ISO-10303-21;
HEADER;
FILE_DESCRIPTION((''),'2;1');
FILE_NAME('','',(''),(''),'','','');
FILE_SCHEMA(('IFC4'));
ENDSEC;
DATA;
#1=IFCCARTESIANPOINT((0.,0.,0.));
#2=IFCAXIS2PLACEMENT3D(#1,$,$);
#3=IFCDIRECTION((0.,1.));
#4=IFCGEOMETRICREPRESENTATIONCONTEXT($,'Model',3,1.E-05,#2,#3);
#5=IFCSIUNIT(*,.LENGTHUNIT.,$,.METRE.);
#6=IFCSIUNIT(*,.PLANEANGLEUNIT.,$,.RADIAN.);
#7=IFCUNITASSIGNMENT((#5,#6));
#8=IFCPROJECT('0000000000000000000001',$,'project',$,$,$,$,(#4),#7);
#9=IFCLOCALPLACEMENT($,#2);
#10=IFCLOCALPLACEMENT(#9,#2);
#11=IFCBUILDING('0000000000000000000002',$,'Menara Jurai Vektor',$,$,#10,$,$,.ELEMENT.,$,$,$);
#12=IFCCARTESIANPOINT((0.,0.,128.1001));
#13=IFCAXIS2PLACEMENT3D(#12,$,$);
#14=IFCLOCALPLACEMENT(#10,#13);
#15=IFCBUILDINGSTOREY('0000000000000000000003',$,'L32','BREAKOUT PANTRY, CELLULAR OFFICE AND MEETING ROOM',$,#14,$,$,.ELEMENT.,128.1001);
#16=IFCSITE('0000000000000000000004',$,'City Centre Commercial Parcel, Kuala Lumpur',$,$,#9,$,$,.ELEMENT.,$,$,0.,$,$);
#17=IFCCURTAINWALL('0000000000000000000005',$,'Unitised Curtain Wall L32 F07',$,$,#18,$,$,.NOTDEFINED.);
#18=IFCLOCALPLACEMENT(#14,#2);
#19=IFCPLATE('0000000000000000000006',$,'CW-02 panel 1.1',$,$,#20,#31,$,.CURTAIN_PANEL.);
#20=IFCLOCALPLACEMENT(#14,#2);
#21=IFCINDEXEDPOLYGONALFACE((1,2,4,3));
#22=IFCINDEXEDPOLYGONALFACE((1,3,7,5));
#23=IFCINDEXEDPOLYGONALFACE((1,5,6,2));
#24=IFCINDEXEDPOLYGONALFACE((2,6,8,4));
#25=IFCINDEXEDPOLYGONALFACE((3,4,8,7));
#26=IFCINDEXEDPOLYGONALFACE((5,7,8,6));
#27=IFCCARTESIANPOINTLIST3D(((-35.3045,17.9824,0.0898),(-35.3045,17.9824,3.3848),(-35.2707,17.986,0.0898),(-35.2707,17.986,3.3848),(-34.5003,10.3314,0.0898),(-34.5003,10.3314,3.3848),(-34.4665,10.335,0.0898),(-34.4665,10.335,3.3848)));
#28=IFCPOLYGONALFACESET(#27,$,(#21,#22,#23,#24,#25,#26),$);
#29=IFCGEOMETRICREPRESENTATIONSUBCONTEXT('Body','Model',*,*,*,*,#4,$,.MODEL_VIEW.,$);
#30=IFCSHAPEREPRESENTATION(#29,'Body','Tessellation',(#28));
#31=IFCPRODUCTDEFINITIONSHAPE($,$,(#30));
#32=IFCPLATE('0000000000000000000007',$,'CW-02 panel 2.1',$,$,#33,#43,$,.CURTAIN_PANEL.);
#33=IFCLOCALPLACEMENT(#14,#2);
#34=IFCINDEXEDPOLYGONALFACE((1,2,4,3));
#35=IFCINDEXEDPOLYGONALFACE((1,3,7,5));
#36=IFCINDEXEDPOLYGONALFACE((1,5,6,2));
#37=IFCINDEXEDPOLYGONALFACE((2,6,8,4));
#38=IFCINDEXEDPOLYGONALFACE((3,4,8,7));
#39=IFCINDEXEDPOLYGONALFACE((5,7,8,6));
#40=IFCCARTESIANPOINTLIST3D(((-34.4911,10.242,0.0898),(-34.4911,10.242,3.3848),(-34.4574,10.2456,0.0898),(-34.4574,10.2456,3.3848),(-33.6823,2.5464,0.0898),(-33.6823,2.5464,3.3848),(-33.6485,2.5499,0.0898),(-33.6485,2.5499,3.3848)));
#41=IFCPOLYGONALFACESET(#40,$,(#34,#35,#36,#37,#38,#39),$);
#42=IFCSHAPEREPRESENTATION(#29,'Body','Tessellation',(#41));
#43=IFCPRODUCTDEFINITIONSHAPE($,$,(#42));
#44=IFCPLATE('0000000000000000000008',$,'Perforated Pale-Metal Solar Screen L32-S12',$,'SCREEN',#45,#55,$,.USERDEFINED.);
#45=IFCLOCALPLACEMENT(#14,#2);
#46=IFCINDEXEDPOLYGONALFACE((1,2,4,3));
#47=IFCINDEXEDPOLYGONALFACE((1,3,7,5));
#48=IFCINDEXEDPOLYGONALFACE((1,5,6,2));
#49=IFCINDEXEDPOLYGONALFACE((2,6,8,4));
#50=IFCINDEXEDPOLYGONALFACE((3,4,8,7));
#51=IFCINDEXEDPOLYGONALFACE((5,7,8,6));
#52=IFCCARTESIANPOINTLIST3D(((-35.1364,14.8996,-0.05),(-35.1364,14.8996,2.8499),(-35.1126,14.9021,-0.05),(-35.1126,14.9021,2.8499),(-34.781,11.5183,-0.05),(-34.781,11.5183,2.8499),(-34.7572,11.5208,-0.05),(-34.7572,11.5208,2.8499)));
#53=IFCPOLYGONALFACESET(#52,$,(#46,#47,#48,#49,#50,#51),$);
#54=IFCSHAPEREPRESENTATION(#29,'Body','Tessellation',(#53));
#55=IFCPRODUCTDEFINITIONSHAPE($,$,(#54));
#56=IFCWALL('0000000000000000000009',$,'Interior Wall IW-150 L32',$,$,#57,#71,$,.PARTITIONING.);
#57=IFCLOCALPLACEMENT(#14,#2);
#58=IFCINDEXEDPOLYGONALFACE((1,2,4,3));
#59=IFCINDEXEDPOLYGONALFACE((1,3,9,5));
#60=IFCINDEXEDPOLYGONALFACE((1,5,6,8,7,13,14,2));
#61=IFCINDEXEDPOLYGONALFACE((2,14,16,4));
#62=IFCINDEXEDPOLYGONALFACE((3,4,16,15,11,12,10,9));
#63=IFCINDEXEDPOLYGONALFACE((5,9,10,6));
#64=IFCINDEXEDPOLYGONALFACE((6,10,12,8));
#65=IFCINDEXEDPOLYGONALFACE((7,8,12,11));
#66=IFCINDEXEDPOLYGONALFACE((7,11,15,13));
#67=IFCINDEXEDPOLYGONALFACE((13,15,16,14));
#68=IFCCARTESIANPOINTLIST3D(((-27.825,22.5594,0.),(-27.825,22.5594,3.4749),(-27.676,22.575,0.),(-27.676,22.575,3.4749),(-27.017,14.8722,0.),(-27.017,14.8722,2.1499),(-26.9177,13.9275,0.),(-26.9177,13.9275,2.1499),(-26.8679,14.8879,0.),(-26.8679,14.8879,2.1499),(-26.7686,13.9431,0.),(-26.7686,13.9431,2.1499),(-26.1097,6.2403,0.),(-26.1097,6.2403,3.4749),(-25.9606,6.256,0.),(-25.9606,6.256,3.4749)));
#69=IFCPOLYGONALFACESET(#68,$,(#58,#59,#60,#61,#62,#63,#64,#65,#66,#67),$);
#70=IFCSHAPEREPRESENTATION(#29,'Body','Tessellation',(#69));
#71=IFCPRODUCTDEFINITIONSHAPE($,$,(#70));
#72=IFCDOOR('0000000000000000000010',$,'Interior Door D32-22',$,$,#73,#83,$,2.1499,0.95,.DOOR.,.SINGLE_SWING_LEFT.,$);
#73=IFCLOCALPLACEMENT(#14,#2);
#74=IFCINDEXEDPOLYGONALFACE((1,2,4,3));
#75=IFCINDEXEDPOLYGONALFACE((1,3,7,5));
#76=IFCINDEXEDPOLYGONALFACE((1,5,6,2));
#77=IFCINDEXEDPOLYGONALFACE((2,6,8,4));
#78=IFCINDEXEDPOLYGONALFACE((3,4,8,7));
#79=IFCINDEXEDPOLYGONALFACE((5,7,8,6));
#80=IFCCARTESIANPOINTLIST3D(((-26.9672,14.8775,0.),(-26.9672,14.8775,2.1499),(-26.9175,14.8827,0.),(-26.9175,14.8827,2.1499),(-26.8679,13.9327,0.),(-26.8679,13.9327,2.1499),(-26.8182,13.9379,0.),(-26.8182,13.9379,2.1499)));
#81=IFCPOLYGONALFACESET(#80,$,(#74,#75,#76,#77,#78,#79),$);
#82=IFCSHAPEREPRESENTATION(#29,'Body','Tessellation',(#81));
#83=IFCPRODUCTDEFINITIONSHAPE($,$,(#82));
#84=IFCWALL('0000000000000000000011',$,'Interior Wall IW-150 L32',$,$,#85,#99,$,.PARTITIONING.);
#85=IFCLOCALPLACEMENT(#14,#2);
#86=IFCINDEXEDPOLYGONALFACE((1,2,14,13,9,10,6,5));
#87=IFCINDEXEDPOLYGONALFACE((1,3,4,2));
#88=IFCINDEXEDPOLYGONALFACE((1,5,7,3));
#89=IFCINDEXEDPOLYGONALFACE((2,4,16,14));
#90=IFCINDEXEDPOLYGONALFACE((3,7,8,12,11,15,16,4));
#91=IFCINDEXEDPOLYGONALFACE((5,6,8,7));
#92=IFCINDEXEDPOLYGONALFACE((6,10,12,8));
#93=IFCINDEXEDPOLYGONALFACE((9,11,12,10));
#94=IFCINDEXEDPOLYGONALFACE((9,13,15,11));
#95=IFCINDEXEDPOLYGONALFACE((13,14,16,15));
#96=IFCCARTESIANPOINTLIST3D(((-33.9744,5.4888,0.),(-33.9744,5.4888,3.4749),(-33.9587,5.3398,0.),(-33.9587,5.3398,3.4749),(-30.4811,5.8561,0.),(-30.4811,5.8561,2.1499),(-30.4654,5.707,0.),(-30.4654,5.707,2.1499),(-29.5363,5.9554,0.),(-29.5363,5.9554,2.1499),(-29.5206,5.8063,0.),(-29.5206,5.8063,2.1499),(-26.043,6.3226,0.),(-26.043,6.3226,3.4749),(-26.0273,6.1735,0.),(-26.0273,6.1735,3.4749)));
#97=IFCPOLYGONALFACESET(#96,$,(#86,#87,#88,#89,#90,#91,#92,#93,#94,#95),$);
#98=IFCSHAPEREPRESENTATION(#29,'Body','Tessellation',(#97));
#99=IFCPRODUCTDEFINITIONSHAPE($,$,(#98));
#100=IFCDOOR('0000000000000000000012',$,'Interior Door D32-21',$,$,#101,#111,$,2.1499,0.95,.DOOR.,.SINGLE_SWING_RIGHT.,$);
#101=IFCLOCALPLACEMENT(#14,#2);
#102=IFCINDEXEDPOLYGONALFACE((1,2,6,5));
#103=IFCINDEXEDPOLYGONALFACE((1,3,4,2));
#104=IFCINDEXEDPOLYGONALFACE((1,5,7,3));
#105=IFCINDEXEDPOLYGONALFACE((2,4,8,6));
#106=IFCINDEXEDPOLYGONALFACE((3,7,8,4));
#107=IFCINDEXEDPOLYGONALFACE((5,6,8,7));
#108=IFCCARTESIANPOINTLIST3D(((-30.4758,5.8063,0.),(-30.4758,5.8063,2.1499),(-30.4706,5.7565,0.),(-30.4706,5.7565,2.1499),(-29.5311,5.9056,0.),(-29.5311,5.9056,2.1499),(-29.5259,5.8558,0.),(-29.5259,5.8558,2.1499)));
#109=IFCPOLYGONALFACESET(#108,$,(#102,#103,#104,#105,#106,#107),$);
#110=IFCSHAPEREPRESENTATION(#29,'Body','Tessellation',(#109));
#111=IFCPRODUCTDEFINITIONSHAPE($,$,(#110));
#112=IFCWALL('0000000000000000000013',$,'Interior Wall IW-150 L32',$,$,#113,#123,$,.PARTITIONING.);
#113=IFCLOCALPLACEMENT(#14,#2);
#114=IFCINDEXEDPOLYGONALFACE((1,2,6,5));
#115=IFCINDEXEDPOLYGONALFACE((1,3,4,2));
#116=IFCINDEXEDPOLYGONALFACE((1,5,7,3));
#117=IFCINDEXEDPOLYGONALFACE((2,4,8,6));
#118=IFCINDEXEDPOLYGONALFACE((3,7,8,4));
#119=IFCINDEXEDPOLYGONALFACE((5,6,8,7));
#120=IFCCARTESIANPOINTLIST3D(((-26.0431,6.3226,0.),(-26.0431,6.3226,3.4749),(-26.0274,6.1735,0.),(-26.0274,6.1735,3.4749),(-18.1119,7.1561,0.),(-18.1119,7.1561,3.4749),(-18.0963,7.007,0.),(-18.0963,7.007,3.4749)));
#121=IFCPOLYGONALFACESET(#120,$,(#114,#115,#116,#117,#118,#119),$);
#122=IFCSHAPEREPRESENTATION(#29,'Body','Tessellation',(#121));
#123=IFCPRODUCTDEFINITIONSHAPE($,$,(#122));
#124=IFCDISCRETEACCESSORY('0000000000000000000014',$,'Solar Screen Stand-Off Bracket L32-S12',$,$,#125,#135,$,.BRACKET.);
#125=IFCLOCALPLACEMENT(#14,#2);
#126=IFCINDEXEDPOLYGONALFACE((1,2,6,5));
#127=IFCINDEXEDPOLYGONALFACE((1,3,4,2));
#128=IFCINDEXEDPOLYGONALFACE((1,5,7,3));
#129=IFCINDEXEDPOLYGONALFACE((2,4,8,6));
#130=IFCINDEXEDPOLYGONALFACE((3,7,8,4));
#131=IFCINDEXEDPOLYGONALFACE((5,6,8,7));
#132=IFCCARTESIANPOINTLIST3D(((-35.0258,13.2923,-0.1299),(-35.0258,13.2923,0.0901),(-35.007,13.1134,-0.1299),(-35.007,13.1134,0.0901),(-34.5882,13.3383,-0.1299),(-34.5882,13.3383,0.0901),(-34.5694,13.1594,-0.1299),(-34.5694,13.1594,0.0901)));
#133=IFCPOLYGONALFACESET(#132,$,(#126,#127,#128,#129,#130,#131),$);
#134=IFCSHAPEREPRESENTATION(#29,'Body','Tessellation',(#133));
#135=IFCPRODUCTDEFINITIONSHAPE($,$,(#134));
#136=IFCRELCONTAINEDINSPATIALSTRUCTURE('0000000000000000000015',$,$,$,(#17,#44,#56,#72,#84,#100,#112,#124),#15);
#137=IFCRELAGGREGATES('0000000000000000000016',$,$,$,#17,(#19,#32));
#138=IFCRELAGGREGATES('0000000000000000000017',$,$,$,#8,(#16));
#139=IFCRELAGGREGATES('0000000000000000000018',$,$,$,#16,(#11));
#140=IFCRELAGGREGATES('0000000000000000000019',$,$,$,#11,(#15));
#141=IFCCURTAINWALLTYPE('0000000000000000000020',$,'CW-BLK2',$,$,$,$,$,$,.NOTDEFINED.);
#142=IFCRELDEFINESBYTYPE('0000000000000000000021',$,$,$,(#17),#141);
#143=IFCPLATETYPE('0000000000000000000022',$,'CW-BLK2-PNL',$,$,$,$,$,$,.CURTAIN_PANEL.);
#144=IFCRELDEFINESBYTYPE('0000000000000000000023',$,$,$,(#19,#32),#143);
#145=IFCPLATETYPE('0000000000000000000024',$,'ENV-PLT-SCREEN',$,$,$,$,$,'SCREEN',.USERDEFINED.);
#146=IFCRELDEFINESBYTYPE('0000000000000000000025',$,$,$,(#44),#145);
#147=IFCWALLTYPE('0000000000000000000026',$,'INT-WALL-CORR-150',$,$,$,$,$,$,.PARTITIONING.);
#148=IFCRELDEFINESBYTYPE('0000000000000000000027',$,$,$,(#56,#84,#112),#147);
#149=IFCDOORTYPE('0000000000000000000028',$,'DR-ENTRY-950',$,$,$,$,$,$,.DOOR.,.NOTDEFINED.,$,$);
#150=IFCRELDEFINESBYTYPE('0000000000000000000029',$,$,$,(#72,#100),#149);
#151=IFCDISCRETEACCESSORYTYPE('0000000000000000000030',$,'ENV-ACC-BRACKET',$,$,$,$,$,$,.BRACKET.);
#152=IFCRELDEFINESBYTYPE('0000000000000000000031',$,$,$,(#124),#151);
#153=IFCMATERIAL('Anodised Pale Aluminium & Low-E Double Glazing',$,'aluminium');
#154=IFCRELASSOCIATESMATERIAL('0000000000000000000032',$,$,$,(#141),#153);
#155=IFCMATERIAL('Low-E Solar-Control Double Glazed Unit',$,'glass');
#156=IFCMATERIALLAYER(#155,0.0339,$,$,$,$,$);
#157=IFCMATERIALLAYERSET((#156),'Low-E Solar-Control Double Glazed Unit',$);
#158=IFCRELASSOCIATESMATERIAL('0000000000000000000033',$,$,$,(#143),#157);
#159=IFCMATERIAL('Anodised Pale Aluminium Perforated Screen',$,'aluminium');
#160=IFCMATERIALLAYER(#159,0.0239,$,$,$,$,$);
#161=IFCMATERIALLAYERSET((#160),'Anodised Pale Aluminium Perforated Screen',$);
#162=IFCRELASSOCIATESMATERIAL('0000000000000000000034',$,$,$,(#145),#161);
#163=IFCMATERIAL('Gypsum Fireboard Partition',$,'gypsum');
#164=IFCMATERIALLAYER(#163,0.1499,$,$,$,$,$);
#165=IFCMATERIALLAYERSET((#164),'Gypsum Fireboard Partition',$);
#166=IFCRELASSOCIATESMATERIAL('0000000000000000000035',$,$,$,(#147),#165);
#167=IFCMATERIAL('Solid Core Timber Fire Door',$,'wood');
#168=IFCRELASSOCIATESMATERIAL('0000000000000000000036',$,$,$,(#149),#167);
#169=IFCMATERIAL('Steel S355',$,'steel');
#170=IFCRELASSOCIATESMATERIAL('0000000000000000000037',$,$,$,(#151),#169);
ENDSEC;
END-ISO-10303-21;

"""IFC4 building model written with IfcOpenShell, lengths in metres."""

from ifc_helpers import new_model, si_unit, direction, frame, frame_2d, origin, origin_2d, place, context, subcontext, project, spatial, rectangle, extrude, material, layer, layer_set, type_object, element, fill, aggregate, save


model = new_model("IFC4")

# Units and contexts
model_context = context("Model", 3, precision=1e-05, world=origin(), true_north=direction((0.0, 1.0)))
body_context = subcontext(model_context, "Body", "Model", "MODEL_VIEW")
ifc_project = project(units=[si_unit("LENGTHUNIT", "METRE"), si_unit("PLANEANGLEUNIT", "RADIAN")], contexts=[model_context])

# Site, building, storey
site_placement = place(None, origin())
site = spatial("IfcSite", under=ifc_project, at=site_placement, Name="City Centre Commercial Parcel, Kuala Lumpur", CompositionType="ELEMENT", RefElevation=0.0)
building_placement = place(site_placement, origin())
building = spatial("IfcBuilding", under=site, at=building_placement, Name="Menara Jurai Vektor", CompositionType="ELEMENT")
storey_placement = place(building_placement, frame((0.0, 0.0, 128.1001)))
storey = spatial("IfcBuildingStorey", under=building, at=storey_placement, Name="L32", Description="BREAKOUT PANTRY, CELLULAR OFFICE AND MEETING ROOM", CompositionType="ELEMENT", Elevation=128.1001)

# Curtain wall
ifc_material_1 = material(Name="Anodised Pale Aluminium & Low-E Double Glazing", Category="aluminium")
curtain_wall_type = type_object("IfcCurtainWallType", Name="CW-BLK2", PredefinedType="NOTDEFINED", material=ifc_material_1)
curtain_wall_placement = place(storey_placement, origin())
curtain_wall = element("IfcCurtainWall", 1, at=curtain_wall_placement, inside=storey, type_object=curtain_wall_type, Name="Unitised Curtain Wall L32 F07", PredefinedType="NOTDEFINED")

# Shared definitions
ifc_material_2 = material(Name="Steel S355", Category="steel")

# Plates
ifc_material_3 = material(Name="Low-E Solar-Control Double Glazed Unit", Category="glass")
ifc_layer_1 = layer(ifc_material_3, 0.0339)
ifc_layer_set_1 = layer_set([ifc_layer_1], Name="Low-E Solar-Control Double Glazed Unit")
plate_type_1 = type_object("IfcPlateType", Name="CW-BLK2-PNL", PredefinedType="CURTAIN_PANEL", material=ifc_layer_set_1)
plate_1_placement = place(storey_placement, frame((-34.8855, 14.1587, 0.0898), z_axis=(0.0, 0.0, 1.0), x_axis=(0.10453, -0.994522, 0.0)))
plate_1 = element("IfcPlate", 2, at=plate_1_placement, type_object=plate_type_1, Name="CW-02 panel 1.1", PredefinedType="CURTAIN_PANEL", context=body_context, shape_type="SweptSolid", body=[
    extrude(rectangle(XDim=7.6931, YDim=0.0339, at=origin_2d()), origin(), (0.0, 0.0, 1.0), 3.2949),
])
plate_2_placement = place(storey_placement, frame((-34.0698, 6.396, 0.0898), z_axis=(0.0, 0.0, 1.0), x_axis=(0.10453, -0.994522, 0.0)))
plate_2 = element("IfcPlate", 3, at=plate_2_placement, type_object=plate_type_1, Name="CW-02 panel 2.1", PredefinedType="CURTAIN_PANEL", context=body_context, shape_type="SweptSolid", body=[
    extrude(rectangle(XDim=7.738, YDim=0.0339, at=origin_2d()), origin(), (0.0, 0.0, 1.0), 3.2949),
])
aggregate(curtain_wall, [plate_1, plate_2])
ifc_material_4 = material(Name="Anodised Pale Aluminium Perforated Screen", Category="aluminium")
ifc_layer_2 = layer(ifc_material_4, 0.0239)
ifc_layer_set_2 = layer_set([ifc_layer_2], Name="Anodised Pale Aluminium Perforated Screen")
plate_type_2 = type_object("IfcPlateType", Name="ENV-PLT-SCREEN", ElementType="SCREEN", PredefinedType="USERDEFINED", material=ifc_layer_set_2)
plate_3_placement = place(storey_placement, frame((-34.9468, 13.2102, -0.05), z_axis=(0.0, 0.0, 1.0), x_axis=(0.104528, -0.994522, 0.0)))
element("IfcPlate", 4, at=plate_3_placement, inside=storey, type_object=plate_type_2, Name="Perforated Pale-Metal Solar Screen L32-S12", ObjectType="SCREEN", PredefinedType="USERDEFINED", context=body_context, shape_type="SweptSolid", body=[
    extrude(rectangle(XDim=3.3999, YDim=0.0239, at=origin_2d()), origin(), (0.0, 0.0, 1.0), 2.8999),
])

# Walls, openings, doors
ifc_material_5 = material(Name="Gypsum Fireboard Partition", Category="gypsum")
ifc_layer_3 = layer(ifc_material_5, 0.1499)
ifc_layer_set_3 = layer_set([ifc_layer_3], Name="Gypsum Fireboard Partition")
wall_type = type_object("IfcWallType", Name="INT-WALL-CORR-150", PredefinedType="PARTITIONING", material=ifc_layer_set_3)
wall_1_placement = place(storey_placement, frame((-26.0352, 6.248, 0.0), z_axis=(0.0, 0.0, 1.0), x_axis=(-0.104536, 0.994521, 0.0)))
wall_1 = element("IfcWall", 5, at=wall_1_placement, inside=storey, type_object=wall_type, Name="Interior Wall IW-150 L32", PredefinedType="PARTITIONING", context=body_context, shape_type="SweptSolid", body=[
    extrude(rectangle(XDim=16.4089, YDim=0.1499, at=frame_2d((8.2046, 0.0))), origin(), (0.0, 0.0, 1.0), 3.4749),
])
opening_1_placement = place(wall_1_placement, frame((7.7295, 0.0, 0.0)))
opening_1 = element("IfcOpeningElement", 6, at=opening_1_placement, cuts=wall_1, PredefinedType="OPENING", context=body_context, shape_type="SweptSolid", body=[
    extrude(rectangle(XDim=0.95, YDim=2.1499, at=frame_2d((0.4751, 1.075))), frame((0.0, 0.085, 0.0), z_axis=(0.0, -1.0, 0.0), x_axis=(1.0, 0.0, 0.0)), (0.0, 0.0, 1.0), 0.1699),
])
ifc_material_6 = material(Name="Solid Core Timber Fire Door", Category="wood")
door_type = type_object("IfcDoorType", Name="DR-ENTRY-950", OperationType="NOTDEFINED", PredefinedType="DOOR", material=ifc_material_6)
door_1_placement = place(opening_1_placement, origin())
door_1 = element("IfcDoor", 7, at=door_1_placement, inside=storey, type_object=door_type, Name="Interior Door D32-22", OperationType="SINGLE_SWING_LEFT", OverallHeight=2.1499, OverallWidth=0.95, PredefinedType="DOOR", context=body_context, shape_type="SweptSolid", body=[
    extrude(rectangle(XDim=0.95, YDim=2.1499, at=frame_2d((0.4751, 1.075))), frame((0.0, 0.0249, 0.0), z_axis=(0.0, -1.0, 0.0), x_axis=(1.0, 0.0, 0.0)), (0.0, 0.0, 1.0), 0.05),
])
fill(opening_1, door_1)
wall_2_placement = place(storey_placement, frame((-33.9666, 5.4143, 0.0), z_axis=(0.0, 0.0, 1.0), x_axis=(0.99452, 0.104543, 0.0)))
wall_2 = element("IfcWall", 8, at=wall_2_placement, inside=storey, type_object=wall_type, Name="Interior Wall IW-150 L32", PredefinedType="PARTITIONING", context=body_context, shape_type="SweptSolid", body=[
    extrude(rectangle(XDim=7.9751, YDim=0.1499, at=frame_2d((3.9875, 0.0))), origin(), (0.0, 0.0, 1.0), 3.4749),
])
opening_2_placement = place(wall_2_placement, frame((3.5125, 0.0, 0.0)))
opening_2 = element("IfcOpeningElement", 9, at=opening_2_placement, cuts=wall_2, PredefinedType="OPENING", context=body_context, shape_type="SweptSolid", body=[
    extrude(rectangle(XDim=0.95, YDim=2.1499, at=frame_2d((0.4751, 1.075))), frame((0.0, 0.085, 0.0), z_axis=(0.0, -1.0, 0.0), x_axis=(1.0, 0.0, 0.0)), (0.0, 0.0, 1.0), 0.1699),
])
door_2_placement = place(opening_2_placement, origin())
door_2 = element("IfcDoor", 10, at=door_2_placement, inside=storey, type_object=door_type, Name="Interior Door D32-21", OperationType="SINGLE_SWING_RIGHT", OverallHeight=2.1499, OverallWidth=0.95, PredefinedType="DOOR", context=body_context, shape_type="SweptSolid", body=[
    extrude(rectangle(XDim=0.95, YDim=2.1499, at=frame_2d((0.4751, 1.075))), frame((0.0, 0.0249, 0.0), z_axis=(0.0, -1.0, 0.0), x_axis=(1.0, 0.0, 0.0)), (0.0, 0.0, 1.0), 0.05),
])
fill(opening_2, door_2)

# Wall
wall_3_placement = place(storey_placement, frame((-26.0352, 6.248, 0.0), z_axis=(0.0, 0.0, 1.0), x_axis=(0.994523, 0.104516, 0.0)))
element("IfcWall", 11, at=wall_3_placement, inside=storey, type_object=wall_type, Name="Interior Wall IW-150 L32", PredefinedType="PARTITIONING", context=body_context, shape_type="SweptSolid", body=[
    extrude(rectangle(XDim=7.9749, YDim=0.1499, at=frame_2d((3.9873, 0.0))), origin(), (0.0, 0.0, 1.0), 3.4749),
])

# Discrete accessory
discrete_accessory_type = type_object("IfcDiscreteAccessoryType", Name="ENV-ACC-BRACKET", PredefinedType="BRACKET", material=ifc_material_2)
discrete_accessory_placement = place(storey_placement, frame((-34.7976, 13.2258, -0.1299), z_axis=(0.0, 0.0, 1.0), x_axis=(0.104528, -0.994522, 0.0)))
element("IfcDiscreteAccessory", 12, at=discrete_accessory_placement, inside=storey, type_object=discrete_accessory_type, Name="Solar Screen Stand-Off Bracket L32-S12", PredefinedType="BRACKET", context=body_context, shape_type="SweptSolid", body=[
    extrude(rectangle(XDim=0.1799, YDim=0.4399, at=origin_2d()), origin(), (0.0, 0.0, 1.0), 0.22),
])

save(model, "model.ifc")
